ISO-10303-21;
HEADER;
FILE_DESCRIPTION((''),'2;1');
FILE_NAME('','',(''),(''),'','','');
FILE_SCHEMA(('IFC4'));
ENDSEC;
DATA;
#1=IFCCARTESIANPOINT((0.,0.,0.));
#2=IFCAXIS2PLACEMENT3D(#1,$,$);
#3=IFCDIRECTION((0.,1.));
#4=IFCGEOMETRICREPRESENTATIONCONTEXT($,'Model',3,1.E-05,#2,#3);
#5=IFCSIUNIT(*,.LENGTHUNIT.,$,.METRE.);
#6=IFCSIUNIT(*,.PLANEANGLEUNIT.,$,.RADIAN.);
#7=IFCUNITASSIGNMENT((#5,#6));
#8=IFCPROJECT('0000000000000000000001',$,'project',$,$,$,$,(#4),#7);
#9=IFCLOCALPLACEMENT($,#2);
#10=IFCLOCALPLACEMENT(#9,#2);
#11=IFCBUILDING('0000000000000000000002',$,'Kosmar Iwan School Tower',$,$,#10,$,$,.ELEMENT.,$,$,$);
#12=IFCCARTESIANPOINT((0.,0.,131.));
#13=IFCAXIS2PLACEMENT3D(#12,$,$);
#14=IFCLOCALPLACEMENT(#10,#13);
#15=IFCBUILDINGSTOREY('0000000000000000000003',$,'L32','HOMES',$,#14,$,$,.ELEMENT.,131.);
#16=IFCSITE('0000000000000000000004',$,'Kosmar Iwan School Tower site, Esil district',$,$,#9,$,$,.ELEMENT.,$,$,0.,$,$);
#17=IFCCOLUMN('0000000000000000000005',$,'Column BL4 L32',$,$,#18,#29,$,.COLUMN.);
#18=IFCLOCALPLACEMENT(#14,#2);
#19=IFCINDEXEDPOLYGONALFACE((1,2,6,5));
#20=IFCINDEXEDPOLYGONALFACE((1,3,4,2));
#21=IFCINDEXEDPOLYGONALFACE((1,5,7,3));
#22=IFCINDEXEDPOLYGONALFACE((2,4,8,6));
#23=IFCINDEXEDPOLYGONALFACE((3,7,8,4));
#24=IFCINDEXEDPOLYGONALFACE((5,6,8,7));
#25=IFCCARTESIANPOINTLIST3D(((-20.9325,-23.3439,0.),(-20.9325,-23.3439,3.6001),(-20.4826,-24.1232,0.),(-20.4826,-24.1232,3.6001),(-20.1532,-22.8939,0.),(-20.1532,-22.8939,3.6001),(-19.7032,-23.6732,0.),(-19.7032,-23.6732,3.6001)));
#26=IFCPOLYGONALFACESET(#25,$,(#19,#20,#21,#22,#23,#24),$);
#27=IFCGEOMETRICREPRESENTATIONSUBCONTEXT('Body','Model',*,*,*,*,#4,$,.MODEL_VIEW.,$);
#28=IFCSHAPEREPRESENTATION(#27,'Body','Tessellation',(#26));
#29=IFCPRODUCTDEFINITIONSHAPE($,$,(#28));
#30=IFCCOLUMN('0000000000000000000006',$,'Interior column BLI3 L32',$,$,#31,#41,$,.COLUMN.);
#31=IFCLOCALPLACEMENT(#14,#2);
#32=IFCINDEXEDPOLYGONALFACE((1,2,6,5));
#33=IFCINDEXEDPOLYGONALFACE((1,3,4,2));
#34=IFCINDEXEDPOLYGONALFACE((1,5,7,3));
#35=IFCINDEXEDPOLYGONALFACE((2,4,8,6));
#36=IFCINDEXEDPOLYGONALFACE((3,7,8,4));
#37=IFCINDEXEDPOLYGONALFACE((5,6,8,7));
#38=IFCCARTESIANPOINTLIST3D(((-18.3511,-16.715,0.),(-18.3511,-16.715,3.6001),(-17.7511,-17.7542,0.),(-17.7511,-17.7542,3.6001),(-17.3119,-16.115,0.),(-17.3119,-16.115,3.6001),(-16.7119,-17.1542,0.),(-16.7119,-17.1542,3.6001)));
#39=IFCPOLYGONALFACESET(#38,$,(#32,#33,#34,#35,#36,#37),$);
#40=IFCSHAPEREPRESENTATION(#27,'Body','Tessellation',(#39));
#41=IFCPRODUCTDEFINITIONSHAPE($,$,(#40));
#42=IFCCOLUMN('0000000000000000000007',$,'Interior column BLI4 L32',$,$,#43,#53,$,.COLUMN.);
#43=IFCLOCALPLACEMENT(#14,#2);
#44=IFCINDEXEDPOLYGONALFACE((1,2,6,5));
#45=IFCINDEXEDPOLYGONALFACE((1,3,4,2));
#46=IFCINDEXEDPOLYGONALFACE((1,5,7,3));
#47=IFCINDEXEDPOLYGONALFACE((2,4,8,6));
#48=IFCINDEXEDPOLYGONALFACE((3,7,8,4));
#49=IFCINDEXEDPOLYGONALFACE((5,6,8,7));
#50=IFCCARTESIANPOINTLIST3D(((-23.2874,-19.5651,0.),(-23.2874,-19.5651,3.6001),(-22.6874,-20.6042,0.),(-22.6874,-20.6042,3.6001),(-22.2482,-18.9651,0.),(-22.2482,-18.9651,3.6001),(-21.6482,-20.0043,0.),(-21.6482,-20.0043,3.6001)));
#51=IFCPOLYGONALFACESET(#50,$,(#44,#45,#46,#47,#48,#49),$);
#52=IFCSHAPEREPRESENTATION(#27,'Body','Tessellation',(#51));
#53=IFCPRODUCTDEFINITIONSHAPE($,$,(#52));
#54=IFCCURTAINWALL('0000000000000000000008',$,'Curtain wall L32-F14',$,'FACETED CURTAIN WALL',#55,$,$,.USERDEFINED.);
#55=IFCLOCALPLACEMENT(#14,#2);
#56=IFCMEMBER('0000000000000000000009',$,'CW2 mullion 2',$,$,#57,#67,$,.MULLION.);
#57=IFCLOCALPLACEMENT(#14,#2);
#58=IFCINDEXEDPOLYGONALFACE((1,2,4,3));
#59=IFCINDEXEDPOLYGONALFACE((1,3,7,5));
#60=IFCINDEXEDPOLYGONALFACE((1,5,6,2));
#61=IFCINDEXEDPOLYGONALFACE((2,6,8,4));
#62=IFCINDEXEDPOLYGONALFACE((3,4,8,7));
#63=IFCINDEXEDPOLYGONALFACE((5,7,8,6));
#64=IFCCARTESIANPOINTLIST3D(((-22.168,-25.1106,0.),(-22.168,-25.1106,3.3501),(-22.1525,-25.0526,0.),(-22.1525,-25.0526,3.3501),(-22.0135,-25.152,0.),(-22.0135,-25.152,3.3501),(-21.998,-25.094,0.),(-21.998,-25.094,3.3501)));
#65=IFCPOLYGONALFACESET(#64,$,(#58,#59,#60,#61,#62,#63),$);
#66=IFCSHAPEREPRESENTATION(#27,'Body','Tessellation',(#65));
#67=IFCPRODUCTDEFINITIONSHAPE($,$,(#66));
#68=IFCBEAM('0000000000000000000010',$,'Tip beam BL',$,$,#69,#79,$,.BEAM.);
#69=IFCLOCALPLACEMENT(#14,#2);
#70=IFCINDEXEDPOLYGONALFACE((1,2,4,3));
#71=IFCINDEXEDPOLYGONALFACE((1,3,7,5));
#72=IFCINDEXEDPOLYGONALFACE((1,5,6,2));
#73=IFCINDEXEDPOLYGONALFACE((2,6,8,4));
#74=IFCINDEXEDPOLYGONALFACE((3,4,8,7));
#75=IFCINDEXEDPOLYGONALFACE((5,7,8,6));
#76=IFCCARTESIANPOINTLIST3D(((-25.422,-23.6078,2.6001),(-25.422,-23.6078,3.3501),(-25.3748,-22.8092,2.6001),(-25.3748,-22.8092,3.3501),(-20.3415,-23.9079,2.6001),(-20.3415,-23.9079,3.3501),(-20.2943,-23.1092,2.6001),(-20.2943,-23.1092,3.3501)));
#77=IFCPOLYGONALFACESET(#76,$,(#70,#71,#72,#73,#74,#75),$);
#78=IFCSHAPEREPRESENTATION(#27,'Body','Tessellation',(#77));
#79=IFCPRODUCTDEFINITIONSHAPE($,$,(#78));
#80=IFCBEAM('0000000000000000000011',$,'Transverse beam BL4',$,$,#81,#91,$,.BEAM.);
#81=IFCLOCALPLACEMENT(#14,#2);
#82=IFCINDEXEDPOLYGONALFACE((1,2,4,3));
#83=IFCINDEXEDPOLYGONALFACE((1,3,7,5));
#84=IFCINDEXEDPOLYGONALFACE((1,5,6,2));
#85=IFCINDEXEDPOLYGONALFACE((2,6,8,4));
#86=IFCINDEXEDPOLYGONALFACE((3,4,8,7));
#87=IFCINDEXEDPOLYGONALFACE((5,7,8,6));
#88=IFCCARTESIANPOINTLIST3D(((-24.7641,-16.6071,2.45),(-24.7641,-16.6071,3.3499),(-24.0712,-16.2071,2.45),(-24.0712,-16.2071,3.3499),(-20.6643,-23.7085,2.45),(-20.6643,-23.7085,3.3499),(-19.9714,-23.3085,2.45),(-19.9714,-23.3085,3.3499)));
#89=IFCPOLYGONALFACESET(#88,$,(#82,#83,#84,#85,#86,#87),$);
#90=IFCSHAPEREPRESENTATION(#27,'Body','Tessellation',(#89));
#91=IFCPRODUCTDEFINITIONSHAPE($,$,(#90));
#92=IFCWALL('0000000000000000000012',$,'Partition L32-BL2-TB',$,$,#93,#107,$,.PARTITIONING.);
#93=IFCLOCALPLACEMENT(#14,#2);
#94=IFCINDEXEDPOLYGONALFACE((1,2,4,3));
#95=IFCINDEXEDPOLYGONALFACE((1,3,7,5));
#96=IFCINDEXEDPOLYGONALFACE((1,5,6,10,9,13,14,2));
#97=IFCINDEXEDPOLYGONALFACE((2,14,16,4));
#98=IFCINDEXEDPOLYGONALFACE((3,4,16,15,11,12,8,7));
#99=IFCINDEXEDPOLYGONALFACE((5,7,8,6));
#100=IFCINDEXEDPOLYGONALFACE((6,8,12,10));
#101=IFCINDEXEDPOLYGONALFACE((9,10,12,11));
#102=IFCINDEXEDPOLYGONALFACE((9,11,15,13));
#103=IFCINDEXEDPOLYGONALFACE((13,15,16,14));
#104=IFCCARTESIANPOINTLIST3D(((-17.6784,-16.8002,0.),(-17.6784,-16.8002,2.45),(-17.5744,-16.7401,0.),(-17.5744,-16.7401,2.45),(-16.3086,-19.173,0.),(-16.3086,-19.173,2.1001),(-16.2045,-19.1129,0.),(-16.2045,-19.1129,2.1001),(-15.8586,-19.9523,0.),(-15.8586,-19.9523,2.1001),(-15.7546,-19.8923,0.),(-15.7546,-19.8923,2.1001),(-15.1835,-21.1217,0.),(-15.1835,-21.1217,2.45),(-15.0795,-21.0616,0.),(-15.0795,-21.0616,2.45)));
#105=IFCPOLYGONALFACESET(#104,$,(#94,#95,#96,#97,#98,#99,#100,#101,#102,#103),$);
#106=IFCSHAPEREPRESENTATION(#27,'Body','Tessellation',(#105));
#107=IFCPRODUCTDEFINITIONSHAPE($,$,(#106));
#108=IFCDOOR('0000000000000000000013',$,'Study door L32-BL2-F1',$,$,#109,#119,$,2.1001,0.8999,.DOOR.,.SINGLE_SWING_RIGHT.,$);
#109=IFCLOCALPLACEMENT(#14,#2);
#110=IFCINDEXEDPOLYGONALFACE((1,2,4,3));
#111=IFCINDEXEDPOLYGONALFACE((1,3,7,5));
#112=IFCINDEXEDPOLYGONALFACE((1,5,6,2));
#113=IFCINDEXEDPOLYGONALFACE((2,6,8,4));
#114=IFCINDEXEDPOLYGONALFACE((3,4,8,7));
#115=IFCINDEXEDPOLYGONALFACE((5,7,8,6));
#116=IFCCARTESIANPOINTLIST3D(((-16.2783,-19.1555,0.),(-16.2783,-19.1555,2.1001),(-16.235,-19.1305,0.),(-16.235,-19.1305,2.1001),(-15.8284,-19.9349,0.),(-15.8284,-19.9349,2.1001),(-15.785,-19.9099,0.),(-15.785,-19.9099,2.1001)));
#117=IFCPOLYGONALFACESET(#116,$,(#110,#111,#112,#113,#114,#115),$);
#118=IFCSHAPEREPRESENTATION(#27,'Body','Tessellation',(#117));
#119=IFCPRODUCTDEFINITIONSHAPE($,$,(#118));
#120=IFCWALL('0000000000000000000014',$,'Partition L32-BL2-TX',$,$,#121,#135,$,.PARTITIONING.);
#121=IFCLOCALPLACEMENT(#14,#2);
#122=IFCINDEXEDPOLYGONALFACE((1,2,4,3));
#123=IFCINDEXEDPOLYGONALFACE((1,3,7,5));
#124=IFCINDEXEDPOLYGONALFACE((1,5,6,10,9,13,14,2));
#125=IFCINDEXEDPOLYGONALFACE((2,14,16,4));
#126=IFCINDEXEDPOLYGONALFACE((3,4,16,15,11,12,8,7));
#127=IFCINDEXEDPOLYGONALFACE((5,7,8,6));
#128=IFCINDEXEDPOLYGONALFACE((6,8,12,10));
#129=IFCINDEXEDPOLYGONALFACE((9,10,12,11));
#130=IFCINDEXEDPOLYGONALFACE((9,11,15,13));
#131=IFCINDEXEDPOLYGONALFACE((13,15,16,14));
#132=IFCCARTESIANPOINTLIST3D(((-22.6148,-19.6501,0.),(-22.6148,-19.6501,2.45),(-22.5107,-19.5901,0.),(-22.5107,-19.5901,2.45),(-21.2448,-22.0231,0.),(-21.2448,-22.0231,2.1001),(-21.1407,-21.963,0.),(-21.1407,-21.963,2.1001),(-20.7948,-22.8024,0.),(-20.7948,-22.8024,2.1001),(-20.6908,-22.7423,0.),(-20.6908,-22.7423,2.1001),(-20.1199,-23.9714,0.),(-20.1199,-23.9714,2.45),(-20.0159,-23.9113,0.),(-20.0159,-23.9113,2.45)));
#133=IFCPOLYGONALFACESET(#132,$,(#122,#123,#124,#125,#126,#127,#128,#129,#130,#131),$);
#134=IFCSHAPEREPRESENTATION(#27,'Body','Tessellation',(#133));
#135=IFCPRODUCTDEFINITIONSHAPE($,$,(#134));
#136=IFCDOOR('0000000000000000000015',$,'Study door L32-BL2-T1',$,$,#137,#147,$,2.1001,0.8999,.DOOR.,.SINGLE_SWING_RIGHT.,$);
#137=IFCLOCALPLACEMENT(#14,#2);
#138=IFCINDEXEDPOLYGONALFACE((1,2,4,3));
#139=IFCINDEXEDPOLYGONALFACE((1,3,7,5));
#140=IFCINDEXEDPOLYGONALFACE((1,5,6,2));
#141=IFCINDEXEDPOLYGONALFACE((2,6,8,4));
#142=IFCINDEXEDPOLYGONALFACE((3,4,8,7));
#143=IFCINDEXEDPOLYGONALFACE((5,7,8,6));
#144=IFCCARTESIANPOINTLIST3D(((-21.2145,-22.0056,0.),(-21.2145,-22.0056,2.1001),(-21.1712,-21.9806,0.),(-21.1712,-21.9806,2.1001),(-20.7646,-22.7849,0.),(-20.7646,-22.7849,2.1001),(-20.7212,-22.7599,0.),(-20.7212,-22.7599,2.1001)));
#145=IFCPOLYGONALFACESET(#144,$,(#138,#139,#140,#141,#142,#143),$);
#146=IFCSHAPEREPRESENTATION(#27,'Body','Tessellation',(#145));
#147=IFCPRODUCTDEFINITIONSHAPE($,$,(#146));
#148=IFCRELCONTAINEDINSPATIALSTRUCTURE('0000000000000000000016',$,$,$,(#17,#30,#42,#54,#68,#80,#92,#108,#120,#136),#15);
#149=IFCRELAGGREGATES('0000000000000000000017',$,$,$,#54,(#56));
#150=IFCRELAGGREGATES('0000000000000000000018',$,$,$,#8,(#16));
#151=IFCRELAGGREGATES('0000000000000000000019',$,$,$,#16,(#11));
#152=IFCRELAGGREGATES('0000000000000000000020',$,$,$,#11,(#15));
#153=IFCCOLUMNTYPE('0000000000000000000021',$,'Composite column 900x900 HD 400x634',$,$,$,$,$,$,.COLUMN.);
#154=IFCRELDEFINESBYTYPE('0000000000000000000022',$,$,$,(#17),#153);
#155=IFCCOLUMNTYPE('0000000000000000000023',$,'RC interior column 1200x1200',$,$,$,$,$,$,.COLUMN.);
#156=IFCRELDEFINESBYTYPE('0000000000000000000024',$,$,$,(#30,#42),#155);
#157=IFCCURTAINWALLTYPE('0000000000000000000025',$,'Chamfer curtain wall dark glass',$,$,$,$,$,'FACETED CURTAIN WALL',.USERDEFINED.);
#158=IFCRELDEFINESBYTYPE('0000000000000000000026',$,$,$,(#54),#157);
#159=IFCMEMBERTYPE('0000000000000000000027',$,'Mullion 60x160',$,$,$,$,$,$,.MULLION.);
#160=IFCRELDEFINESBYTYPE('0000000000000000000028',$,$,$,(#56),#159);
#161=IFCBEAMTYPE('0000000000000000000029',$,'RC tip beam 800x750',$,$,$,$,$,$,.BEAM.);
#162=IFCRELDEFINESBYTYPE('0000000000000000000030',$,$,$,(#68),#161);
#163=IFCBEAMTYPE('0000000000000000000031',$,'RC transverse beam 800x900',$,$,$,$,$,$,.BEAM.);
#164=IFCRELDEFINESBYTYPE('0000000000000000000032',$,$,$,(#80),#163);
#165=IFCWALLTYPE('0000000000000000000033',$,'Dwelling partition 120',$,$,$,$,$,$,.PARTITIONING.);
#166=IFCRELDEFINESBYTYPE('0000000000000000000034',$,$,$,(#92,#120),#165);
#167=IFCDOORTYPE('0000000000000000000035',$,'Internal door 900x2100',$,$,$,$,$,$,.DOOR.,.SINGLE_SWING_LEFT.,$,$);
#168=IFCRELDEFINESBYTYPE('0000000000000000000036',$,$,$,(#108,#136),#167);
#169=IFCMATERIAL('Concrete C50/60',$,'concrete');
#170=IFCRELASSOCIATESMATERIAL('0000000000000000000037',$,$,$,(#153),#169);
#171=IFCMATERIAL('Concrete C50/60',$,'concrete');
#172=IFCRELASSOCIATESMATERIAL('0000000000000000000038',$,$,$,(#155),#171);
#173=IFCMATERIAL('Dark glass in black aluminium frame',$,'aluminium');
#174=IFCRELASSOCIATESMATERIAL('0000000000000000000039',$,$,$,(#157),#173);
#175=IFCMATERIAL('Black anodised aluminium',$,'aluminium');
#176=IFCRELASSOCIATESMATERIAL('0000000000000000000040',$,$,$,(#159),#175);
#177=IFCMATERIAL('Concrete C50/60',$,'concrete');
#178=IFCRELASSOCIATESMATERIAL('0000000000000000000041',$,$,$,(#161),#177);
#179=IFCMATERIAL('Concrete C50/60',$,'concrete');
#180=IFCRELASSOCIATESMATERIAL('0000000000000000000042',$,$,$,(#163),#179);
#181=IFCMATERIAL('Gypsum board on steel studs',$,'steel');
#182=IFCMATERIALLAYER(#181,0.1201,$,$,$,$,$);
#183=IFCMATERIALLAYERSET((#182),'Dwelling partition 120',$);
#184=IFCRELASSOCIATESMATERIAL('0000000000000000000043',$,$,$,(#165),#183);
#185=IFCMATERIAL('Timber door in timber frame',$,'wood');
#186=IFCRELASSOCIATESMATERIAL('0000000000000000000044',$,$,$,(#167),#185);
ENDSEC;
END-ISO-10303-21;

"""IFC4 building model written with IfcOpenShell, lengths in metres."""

from ifc_helpers import new_model, si_unit, direction, frame, frame_2d, origin, origin_2d, place, context, subcontext, project, spatial, rectangle, extrude, material, layer, layer_set, material_profile, profile_set, type_object, element, fill, aggregate, save


model = new_model("IFC4")

# Units and contexts
model_context = context("Model", 3, precision=1e-05, world=origin(), true_north=direction((0.0, 1.0)))
body_context = subcontext(model_context, "Body", "Model", "MODEL_VIEW")
ifc_project = project(units=[si_unit("LENGTHUNIT", "METRE"), si_unit("PLANEANGLEUNIT", "RADIAN")], contexts=[model_context])

# Site, building, storey
site_placement = place(None, origin())
site = spatial("IfcSite", under=ifc_project, at=site_placement, Name="Kosmar Iwan School Tower site, Esil district", CompositionType="ELEMENT", RefElevation=0.0)
building_placement = place(site_placement, origin())
building = spatial("IfcBuilding", under=site, at=building_placement, Name="Kosmar Iwan School Tower", CompositionType="ELEMENT")
storey_placement = place(building_placement, frame((0.0, 0.0, 131.0)))
storey = spatial("IfcBuildingStorey", under=building, at=storey_placement, Name="L32", Description="HOMES", CompositionType="ELEMENT", Elevation=131.0)

# Columns
ifc_material_1 = material(Name="Concrete C50/60", Category="concrete")
ifc_material_profile_1 = material_profile(ifc_material_1, rectangle(XDim=0.8999, YDim=0.8999, at=origin_2d()), Name="RC 900x900 + HD 400x634")
ifc_profile_set_1 = profile_set([ifc_material_profile_1], Name="Concrete C50/60")
column_type_1 = type_object("IfcColumnType", Name="Composite column 900x900 HD 400x634", PredefinedType="COLUMN", material=ifc_profile_set_1)
column_placement = place(storey_placement, frame((-20.3179, -23.5085, 0.0), z_axis=(0.0, 0.0, 1.0), x_axis=(-0.866025, -0.5, 0.0)))
element("IfcColumn", 1, at=column_placement, inside=storey, type_object=column_type_1, Name="Column BL4 L32", PredefinedType="COLUMN", context=body_context, shape_type="SweptSolid", body=[
    extrude(rectangle(XDim=0.8999, YDim=0.8999, at=origin_2d()), origin(), (0.0, 0.0, 1.0), 3.6001),
])
ifc_material_2 = material(Name="Concrete C50/60", Category="concrete")
ifc_material_profile_2 = material_profile(ifc_material_2, rectangle(XDim=1.2, YDim=1.2, at=origin_2d()), Name="RC 1200x1200")
ifc_profile_set_2 = profile_set([ifc_material_profile_2], Name="Concrete C50/60")
column_type_2 = type_object("IfcColumnType", Name="RC interior column 1200x1200", PredefinedType="COLUMN", material=ifc_profile_set_2)
for number, where, z_axis, x_axis, name in (
    (2, (-17.5315, -16.9346, 0.0), (0.0, 0.0, 1.0), (-0.866025, -0.5, 0.0), "Interior column BLI3 L32"),
    (3, (-22.4678, -19.7847, 0.0), (0.0, 0.0, 1.0), (-0.866025, -0.5, 0.0), "Interior column BLI4 L32"),
):
    element("IfcColumn", number, at=place(storey_placement, frame(where, z_axis=z_axis, x_axis=x_axis)), inside=storey, type_object=column_type_2, Name=name, PredefinedType="COLUMN", context=body_context, shape_type="SweptSolid", body=[
        extrude(rectangle(XDim=1.2, YDim=1.2, at=origin_2d()), origin(), (0.0, 0.0, 1.0), 3.6001),
    ])

# Curtain wall, member
ifc_material_3 = material(Name="Dark glass in black aluminium frame", Category="aluminium")
curtain_wall_type = type_object("IfcCurtainWallType", Name="Chamfer curtain wall dark glass", ElementType="FACETED CURTAIN WALL", PredefinedType="USERDEFINED", material=ifc_material_3)
curtain_wall_placement = place(storey_placement, origin())
curtain_wall = element("IfcCurtainWall", 4, at=curtain_wall_placement, inside=storey, type_object=curtain_wall_type, Name="Curtain wall L32-F14", ObjectType="FACETED CURTAIN WALL", PredefinedType="USERDEFINED")
ifc_material_4 = material(Name="Black anodised aluminium", Category="aluminium")
ifc_material_profile_3 = material_profile(ifc_material_4, rectangle(XDim=0.0601, YDim=0.1599, at=origin_2d()), Name="MULLION 60x160")
ifc_profile_set_3 = profile_set([ifc_material_profile_3], Name="Black anodised aluminium")
member_type = type_object("IfcMemberType", Name="Mullion 60x160", PredefinedType="MULLION", material=ifc_profile_set_3)
member_placement = place(storey_placement, frame((-22.083, -25.1023, 0.0), z_axis=(0.0, 0.0, 1.0), x_axis=(0.258819, 0.965926, 0.0)))
member = element("IfcMember", 5, at=member_placement, type_object=member_type, Name="CW2 mullion 2", PredefinedType="MULLION", context=body_context, shape_type="SweptSolid", body=[
    extrude(rectangle(XDim=0.0601, YDim=0.1599, at=origin_2d()), origin(), (0.0, 0.0, 1.0), 3.3501),
])
aggregate(curtain_wall, [member])

# Beams
ifc_material_5 = material(Name="Concrete C50/60", Category="concrete")
ifc_material_profile_4 = material_profile(ifc_material_5, rectangle(XDim=0.8, YDim=0.75, at=origin_2d()), Name="RC 800x750")
ifc_profile_set_4 = profile_set([ifc_material_profile_4], Name="Concrete C50/60")
beam_type_1 = type_object("IfcBeamType", Name="RC tip beam 800x750", PredefinedType="BEAM", material=ifc_profile_set_4)
beam_1_placement = place(storey_placement, frame((-20.3179, -23.5085, 2.9751), z_axis=(-0.998261, 0.058955, 0.0), x_axis=(-0.058955, -0.998261, 0.0)))
element("IfcBeam", 6, at=beam_1_placement, inside=storey, type_object=beam_type_1, Name="Tip beam BL", PredefinedType="BEAM", context=body_context, shape_type="SweptSolid", body=[
    extrude(rectangle(XDim=0.8, YDim=0.75, at=origin_2d()), origin(), (0.0, 0.0, 1.0), 5.0894),
])
ifc_material_6 = material(Name="Concrete C50/60", Category="concrete")
ifc_material_profile_5 = material_profile(ifc_material_6, rectangle(XDim=0.8, YDim=0.8999, at=origin_2d()), Name="RC 800x900")
ifc_profile_set_5 = profile_set([ifc_material_profile_5], Name="Concrete C50/60")
beam_type_2 = type_object("IfcBeamType", Name="RC transverse beam 800x900", PredefinedType="BEAM", material=ifc_profile_set_5)
beam_2_placement = place(storey_placement, frame((-20.3179, -23.5085, 2.8999), z_axis=(-0.499978, 0.866038, 0.0), x_axis=(-0.866038, -0.499978, 0.0)))
element("IfcBeam", 7, at=beam_2_placement, inside=storey, type_object=beam_type_2, Name="Transverse beam BL4", PredefinedType="BEAM", context=body_context, shape_type="SweptSolid", body=[
    extrude(rectangle(XDim=0.8, YDim=0.8999, at=origin_2d()), origin(), (0.0, 0.0, 1.0), 8.2),
])

# Walls, openings, doors
ifc_material_7 = material(Name="Gypsum board on steel studs", Category="steel")
ifc_layer_1 = layer(ifc_material_7, 0.1201)
ifc_layer_set_1 = layer_set([ifc_layer_1], Name="Dwelling partition 120")
wall_type_1 = type_object("IfcWallType", Name="Dwelling partition 120", PredefinedType="PARTITIONING", material=ifc_layer_set_1)
wall_1_placement = place(storey_placement, frame((-17.6265, -16.77, 0.0), z_axis=(0.0, 0.0, 1.0), x_axis=(0.499975, -0.86604, 0.0)))
wall_1 = element("IfcWall", 8, at=wall_1_placement, inside=storey, type_object=wall_type_1, Name="Partition L32-BL2-TB", PredefinedType="PARTITIONING", context=body_context, shape_type="SweptSolid", body=[
    extrude(rectangle(XDim=4.99, YDim=0.1201, at=frame_2d((2.4951, 0.0))), origin(), (0.0, 0.0, 1.0), 2.45),
])
opening_1_placement = place(wall_1_placement, frame((2.74, 0.0, 0.0)))
opening_1 = element("IfcOpeningElement", 9, at=opening_1_placement, cuts=wall_1, PredefinedType="OPENING", context=body_context, shape_type="SweptSolid", body=[
    extrude(rectangle(XDim=0.8999, YDim=2.1001, at=frame_2d((0.45, 1.05))), frame((0.0, 0.072, 0.0), z_axis=(0.0, -1.0, 0.0), x_axis=(1.0, 0.0, 0.0)), (0.0, 0.0, 1.0), 0.144),
])
ifc_material_8 = material(Name="Timber door in timber frame", Category="wood")
door_type = type_object("IfcDoorType", Name="Internal door 900x2100", OperationType="SINGLE_SWING_LEFT", PredefinedType="DOOR", material=ifc_material_8)
door_1_placement = place(opening_1_placement, origin())
door_1 = element("IfcDoor", 10, at=door_1_placement, inside=storey, type_object=door_type, Name="Study door L32-BL2-F1", OperationType="SINGLE_SWING_RIGHT", OverallHeight=2.1001, OverallWidth=0.8999, PredefinedType="DOOR", context=body_context, shape_type="SweptSolid", body=[
    extrude(rectangle(XDim=0.8999, YDim=2.1001, at=frame_2d((0.45, 1.05))), frame((0.0, 0.0249, 0.0), z_axis=(0.0, -1.0, 0.0), x_axis=(1.0, 0.0, 0.0)), (0.0, 0.0, 1.0), 0.05),
])
fill(opening_1, door_1)
wall_2_placement = place(storey_placement, frame((-22.5627, -19.6201, 0.0), z_axis=(0.0, 0.0, 1.0), x_axis=(0.499996, -0.866028, 0.0)))
wall_2 = element("IfcWall", 11, at=wall_2_placement, inside=storey, type_object=wall_type_1, Name="Partition L32-BL2-TX", PredefinedType="PARTITIONING", context=body_context, shape_type="SweptSolid", body=[
    extrude(rectangle(XDim=4.9897, YDim=0.1201, at=frame_2d((2.4949, 0.0))), origin(), (0.0, 0.0, 1.0), 2.45),
])
opening_2_placement = place(wall_2_placement, frame((2.74, 0.0, 0.0)))
opening_2 = element("IfcOpeningElement", 12, at=opening_2_placement, cuts=wall_2, PredefinedType="OPENING", context=body_context, shape_type="SweptSolid", body=[
    extrude(rectangle(XDim=0.8999, YDim=2.1001, at=frame_2d((0.45, 1.05))), frame((0.0, 0.072, 0.0), z_axis=(0.0, -1.0, 0.0), x_axis=(1.0, 0.0, 0.0)), (0.0, 0.0, 1.0), 0.144),
])
door_2_placement = place(opening_2_placement, origin())
door_2 = element("IfcDoor", 13, at=door_2_placement, inside=storey, type_object=door_type, Name="Study door L32-BL2-T1", OperationType="SINGLE_SWING_RIGHT", OverallHeight=2.1001, OverallWidth=0.8999, PredefinedType="DOOR", context=body_context, shape_type="SweptSolid", body=[
    extrude(rectangle(XDim=0.8999, YDim=2.1001, at=frame_2d((0.45, 1.05))), frame((0.0, 0.0249, 0.0), z_axis=(0.0, -1.0, 0.0), x_axis=(1.0, 0.0, 0.0)), (0.0, 0.0, 1.0), 0.05),
])
fill(opening_2, door_2)

save(model, "model.ifc")
